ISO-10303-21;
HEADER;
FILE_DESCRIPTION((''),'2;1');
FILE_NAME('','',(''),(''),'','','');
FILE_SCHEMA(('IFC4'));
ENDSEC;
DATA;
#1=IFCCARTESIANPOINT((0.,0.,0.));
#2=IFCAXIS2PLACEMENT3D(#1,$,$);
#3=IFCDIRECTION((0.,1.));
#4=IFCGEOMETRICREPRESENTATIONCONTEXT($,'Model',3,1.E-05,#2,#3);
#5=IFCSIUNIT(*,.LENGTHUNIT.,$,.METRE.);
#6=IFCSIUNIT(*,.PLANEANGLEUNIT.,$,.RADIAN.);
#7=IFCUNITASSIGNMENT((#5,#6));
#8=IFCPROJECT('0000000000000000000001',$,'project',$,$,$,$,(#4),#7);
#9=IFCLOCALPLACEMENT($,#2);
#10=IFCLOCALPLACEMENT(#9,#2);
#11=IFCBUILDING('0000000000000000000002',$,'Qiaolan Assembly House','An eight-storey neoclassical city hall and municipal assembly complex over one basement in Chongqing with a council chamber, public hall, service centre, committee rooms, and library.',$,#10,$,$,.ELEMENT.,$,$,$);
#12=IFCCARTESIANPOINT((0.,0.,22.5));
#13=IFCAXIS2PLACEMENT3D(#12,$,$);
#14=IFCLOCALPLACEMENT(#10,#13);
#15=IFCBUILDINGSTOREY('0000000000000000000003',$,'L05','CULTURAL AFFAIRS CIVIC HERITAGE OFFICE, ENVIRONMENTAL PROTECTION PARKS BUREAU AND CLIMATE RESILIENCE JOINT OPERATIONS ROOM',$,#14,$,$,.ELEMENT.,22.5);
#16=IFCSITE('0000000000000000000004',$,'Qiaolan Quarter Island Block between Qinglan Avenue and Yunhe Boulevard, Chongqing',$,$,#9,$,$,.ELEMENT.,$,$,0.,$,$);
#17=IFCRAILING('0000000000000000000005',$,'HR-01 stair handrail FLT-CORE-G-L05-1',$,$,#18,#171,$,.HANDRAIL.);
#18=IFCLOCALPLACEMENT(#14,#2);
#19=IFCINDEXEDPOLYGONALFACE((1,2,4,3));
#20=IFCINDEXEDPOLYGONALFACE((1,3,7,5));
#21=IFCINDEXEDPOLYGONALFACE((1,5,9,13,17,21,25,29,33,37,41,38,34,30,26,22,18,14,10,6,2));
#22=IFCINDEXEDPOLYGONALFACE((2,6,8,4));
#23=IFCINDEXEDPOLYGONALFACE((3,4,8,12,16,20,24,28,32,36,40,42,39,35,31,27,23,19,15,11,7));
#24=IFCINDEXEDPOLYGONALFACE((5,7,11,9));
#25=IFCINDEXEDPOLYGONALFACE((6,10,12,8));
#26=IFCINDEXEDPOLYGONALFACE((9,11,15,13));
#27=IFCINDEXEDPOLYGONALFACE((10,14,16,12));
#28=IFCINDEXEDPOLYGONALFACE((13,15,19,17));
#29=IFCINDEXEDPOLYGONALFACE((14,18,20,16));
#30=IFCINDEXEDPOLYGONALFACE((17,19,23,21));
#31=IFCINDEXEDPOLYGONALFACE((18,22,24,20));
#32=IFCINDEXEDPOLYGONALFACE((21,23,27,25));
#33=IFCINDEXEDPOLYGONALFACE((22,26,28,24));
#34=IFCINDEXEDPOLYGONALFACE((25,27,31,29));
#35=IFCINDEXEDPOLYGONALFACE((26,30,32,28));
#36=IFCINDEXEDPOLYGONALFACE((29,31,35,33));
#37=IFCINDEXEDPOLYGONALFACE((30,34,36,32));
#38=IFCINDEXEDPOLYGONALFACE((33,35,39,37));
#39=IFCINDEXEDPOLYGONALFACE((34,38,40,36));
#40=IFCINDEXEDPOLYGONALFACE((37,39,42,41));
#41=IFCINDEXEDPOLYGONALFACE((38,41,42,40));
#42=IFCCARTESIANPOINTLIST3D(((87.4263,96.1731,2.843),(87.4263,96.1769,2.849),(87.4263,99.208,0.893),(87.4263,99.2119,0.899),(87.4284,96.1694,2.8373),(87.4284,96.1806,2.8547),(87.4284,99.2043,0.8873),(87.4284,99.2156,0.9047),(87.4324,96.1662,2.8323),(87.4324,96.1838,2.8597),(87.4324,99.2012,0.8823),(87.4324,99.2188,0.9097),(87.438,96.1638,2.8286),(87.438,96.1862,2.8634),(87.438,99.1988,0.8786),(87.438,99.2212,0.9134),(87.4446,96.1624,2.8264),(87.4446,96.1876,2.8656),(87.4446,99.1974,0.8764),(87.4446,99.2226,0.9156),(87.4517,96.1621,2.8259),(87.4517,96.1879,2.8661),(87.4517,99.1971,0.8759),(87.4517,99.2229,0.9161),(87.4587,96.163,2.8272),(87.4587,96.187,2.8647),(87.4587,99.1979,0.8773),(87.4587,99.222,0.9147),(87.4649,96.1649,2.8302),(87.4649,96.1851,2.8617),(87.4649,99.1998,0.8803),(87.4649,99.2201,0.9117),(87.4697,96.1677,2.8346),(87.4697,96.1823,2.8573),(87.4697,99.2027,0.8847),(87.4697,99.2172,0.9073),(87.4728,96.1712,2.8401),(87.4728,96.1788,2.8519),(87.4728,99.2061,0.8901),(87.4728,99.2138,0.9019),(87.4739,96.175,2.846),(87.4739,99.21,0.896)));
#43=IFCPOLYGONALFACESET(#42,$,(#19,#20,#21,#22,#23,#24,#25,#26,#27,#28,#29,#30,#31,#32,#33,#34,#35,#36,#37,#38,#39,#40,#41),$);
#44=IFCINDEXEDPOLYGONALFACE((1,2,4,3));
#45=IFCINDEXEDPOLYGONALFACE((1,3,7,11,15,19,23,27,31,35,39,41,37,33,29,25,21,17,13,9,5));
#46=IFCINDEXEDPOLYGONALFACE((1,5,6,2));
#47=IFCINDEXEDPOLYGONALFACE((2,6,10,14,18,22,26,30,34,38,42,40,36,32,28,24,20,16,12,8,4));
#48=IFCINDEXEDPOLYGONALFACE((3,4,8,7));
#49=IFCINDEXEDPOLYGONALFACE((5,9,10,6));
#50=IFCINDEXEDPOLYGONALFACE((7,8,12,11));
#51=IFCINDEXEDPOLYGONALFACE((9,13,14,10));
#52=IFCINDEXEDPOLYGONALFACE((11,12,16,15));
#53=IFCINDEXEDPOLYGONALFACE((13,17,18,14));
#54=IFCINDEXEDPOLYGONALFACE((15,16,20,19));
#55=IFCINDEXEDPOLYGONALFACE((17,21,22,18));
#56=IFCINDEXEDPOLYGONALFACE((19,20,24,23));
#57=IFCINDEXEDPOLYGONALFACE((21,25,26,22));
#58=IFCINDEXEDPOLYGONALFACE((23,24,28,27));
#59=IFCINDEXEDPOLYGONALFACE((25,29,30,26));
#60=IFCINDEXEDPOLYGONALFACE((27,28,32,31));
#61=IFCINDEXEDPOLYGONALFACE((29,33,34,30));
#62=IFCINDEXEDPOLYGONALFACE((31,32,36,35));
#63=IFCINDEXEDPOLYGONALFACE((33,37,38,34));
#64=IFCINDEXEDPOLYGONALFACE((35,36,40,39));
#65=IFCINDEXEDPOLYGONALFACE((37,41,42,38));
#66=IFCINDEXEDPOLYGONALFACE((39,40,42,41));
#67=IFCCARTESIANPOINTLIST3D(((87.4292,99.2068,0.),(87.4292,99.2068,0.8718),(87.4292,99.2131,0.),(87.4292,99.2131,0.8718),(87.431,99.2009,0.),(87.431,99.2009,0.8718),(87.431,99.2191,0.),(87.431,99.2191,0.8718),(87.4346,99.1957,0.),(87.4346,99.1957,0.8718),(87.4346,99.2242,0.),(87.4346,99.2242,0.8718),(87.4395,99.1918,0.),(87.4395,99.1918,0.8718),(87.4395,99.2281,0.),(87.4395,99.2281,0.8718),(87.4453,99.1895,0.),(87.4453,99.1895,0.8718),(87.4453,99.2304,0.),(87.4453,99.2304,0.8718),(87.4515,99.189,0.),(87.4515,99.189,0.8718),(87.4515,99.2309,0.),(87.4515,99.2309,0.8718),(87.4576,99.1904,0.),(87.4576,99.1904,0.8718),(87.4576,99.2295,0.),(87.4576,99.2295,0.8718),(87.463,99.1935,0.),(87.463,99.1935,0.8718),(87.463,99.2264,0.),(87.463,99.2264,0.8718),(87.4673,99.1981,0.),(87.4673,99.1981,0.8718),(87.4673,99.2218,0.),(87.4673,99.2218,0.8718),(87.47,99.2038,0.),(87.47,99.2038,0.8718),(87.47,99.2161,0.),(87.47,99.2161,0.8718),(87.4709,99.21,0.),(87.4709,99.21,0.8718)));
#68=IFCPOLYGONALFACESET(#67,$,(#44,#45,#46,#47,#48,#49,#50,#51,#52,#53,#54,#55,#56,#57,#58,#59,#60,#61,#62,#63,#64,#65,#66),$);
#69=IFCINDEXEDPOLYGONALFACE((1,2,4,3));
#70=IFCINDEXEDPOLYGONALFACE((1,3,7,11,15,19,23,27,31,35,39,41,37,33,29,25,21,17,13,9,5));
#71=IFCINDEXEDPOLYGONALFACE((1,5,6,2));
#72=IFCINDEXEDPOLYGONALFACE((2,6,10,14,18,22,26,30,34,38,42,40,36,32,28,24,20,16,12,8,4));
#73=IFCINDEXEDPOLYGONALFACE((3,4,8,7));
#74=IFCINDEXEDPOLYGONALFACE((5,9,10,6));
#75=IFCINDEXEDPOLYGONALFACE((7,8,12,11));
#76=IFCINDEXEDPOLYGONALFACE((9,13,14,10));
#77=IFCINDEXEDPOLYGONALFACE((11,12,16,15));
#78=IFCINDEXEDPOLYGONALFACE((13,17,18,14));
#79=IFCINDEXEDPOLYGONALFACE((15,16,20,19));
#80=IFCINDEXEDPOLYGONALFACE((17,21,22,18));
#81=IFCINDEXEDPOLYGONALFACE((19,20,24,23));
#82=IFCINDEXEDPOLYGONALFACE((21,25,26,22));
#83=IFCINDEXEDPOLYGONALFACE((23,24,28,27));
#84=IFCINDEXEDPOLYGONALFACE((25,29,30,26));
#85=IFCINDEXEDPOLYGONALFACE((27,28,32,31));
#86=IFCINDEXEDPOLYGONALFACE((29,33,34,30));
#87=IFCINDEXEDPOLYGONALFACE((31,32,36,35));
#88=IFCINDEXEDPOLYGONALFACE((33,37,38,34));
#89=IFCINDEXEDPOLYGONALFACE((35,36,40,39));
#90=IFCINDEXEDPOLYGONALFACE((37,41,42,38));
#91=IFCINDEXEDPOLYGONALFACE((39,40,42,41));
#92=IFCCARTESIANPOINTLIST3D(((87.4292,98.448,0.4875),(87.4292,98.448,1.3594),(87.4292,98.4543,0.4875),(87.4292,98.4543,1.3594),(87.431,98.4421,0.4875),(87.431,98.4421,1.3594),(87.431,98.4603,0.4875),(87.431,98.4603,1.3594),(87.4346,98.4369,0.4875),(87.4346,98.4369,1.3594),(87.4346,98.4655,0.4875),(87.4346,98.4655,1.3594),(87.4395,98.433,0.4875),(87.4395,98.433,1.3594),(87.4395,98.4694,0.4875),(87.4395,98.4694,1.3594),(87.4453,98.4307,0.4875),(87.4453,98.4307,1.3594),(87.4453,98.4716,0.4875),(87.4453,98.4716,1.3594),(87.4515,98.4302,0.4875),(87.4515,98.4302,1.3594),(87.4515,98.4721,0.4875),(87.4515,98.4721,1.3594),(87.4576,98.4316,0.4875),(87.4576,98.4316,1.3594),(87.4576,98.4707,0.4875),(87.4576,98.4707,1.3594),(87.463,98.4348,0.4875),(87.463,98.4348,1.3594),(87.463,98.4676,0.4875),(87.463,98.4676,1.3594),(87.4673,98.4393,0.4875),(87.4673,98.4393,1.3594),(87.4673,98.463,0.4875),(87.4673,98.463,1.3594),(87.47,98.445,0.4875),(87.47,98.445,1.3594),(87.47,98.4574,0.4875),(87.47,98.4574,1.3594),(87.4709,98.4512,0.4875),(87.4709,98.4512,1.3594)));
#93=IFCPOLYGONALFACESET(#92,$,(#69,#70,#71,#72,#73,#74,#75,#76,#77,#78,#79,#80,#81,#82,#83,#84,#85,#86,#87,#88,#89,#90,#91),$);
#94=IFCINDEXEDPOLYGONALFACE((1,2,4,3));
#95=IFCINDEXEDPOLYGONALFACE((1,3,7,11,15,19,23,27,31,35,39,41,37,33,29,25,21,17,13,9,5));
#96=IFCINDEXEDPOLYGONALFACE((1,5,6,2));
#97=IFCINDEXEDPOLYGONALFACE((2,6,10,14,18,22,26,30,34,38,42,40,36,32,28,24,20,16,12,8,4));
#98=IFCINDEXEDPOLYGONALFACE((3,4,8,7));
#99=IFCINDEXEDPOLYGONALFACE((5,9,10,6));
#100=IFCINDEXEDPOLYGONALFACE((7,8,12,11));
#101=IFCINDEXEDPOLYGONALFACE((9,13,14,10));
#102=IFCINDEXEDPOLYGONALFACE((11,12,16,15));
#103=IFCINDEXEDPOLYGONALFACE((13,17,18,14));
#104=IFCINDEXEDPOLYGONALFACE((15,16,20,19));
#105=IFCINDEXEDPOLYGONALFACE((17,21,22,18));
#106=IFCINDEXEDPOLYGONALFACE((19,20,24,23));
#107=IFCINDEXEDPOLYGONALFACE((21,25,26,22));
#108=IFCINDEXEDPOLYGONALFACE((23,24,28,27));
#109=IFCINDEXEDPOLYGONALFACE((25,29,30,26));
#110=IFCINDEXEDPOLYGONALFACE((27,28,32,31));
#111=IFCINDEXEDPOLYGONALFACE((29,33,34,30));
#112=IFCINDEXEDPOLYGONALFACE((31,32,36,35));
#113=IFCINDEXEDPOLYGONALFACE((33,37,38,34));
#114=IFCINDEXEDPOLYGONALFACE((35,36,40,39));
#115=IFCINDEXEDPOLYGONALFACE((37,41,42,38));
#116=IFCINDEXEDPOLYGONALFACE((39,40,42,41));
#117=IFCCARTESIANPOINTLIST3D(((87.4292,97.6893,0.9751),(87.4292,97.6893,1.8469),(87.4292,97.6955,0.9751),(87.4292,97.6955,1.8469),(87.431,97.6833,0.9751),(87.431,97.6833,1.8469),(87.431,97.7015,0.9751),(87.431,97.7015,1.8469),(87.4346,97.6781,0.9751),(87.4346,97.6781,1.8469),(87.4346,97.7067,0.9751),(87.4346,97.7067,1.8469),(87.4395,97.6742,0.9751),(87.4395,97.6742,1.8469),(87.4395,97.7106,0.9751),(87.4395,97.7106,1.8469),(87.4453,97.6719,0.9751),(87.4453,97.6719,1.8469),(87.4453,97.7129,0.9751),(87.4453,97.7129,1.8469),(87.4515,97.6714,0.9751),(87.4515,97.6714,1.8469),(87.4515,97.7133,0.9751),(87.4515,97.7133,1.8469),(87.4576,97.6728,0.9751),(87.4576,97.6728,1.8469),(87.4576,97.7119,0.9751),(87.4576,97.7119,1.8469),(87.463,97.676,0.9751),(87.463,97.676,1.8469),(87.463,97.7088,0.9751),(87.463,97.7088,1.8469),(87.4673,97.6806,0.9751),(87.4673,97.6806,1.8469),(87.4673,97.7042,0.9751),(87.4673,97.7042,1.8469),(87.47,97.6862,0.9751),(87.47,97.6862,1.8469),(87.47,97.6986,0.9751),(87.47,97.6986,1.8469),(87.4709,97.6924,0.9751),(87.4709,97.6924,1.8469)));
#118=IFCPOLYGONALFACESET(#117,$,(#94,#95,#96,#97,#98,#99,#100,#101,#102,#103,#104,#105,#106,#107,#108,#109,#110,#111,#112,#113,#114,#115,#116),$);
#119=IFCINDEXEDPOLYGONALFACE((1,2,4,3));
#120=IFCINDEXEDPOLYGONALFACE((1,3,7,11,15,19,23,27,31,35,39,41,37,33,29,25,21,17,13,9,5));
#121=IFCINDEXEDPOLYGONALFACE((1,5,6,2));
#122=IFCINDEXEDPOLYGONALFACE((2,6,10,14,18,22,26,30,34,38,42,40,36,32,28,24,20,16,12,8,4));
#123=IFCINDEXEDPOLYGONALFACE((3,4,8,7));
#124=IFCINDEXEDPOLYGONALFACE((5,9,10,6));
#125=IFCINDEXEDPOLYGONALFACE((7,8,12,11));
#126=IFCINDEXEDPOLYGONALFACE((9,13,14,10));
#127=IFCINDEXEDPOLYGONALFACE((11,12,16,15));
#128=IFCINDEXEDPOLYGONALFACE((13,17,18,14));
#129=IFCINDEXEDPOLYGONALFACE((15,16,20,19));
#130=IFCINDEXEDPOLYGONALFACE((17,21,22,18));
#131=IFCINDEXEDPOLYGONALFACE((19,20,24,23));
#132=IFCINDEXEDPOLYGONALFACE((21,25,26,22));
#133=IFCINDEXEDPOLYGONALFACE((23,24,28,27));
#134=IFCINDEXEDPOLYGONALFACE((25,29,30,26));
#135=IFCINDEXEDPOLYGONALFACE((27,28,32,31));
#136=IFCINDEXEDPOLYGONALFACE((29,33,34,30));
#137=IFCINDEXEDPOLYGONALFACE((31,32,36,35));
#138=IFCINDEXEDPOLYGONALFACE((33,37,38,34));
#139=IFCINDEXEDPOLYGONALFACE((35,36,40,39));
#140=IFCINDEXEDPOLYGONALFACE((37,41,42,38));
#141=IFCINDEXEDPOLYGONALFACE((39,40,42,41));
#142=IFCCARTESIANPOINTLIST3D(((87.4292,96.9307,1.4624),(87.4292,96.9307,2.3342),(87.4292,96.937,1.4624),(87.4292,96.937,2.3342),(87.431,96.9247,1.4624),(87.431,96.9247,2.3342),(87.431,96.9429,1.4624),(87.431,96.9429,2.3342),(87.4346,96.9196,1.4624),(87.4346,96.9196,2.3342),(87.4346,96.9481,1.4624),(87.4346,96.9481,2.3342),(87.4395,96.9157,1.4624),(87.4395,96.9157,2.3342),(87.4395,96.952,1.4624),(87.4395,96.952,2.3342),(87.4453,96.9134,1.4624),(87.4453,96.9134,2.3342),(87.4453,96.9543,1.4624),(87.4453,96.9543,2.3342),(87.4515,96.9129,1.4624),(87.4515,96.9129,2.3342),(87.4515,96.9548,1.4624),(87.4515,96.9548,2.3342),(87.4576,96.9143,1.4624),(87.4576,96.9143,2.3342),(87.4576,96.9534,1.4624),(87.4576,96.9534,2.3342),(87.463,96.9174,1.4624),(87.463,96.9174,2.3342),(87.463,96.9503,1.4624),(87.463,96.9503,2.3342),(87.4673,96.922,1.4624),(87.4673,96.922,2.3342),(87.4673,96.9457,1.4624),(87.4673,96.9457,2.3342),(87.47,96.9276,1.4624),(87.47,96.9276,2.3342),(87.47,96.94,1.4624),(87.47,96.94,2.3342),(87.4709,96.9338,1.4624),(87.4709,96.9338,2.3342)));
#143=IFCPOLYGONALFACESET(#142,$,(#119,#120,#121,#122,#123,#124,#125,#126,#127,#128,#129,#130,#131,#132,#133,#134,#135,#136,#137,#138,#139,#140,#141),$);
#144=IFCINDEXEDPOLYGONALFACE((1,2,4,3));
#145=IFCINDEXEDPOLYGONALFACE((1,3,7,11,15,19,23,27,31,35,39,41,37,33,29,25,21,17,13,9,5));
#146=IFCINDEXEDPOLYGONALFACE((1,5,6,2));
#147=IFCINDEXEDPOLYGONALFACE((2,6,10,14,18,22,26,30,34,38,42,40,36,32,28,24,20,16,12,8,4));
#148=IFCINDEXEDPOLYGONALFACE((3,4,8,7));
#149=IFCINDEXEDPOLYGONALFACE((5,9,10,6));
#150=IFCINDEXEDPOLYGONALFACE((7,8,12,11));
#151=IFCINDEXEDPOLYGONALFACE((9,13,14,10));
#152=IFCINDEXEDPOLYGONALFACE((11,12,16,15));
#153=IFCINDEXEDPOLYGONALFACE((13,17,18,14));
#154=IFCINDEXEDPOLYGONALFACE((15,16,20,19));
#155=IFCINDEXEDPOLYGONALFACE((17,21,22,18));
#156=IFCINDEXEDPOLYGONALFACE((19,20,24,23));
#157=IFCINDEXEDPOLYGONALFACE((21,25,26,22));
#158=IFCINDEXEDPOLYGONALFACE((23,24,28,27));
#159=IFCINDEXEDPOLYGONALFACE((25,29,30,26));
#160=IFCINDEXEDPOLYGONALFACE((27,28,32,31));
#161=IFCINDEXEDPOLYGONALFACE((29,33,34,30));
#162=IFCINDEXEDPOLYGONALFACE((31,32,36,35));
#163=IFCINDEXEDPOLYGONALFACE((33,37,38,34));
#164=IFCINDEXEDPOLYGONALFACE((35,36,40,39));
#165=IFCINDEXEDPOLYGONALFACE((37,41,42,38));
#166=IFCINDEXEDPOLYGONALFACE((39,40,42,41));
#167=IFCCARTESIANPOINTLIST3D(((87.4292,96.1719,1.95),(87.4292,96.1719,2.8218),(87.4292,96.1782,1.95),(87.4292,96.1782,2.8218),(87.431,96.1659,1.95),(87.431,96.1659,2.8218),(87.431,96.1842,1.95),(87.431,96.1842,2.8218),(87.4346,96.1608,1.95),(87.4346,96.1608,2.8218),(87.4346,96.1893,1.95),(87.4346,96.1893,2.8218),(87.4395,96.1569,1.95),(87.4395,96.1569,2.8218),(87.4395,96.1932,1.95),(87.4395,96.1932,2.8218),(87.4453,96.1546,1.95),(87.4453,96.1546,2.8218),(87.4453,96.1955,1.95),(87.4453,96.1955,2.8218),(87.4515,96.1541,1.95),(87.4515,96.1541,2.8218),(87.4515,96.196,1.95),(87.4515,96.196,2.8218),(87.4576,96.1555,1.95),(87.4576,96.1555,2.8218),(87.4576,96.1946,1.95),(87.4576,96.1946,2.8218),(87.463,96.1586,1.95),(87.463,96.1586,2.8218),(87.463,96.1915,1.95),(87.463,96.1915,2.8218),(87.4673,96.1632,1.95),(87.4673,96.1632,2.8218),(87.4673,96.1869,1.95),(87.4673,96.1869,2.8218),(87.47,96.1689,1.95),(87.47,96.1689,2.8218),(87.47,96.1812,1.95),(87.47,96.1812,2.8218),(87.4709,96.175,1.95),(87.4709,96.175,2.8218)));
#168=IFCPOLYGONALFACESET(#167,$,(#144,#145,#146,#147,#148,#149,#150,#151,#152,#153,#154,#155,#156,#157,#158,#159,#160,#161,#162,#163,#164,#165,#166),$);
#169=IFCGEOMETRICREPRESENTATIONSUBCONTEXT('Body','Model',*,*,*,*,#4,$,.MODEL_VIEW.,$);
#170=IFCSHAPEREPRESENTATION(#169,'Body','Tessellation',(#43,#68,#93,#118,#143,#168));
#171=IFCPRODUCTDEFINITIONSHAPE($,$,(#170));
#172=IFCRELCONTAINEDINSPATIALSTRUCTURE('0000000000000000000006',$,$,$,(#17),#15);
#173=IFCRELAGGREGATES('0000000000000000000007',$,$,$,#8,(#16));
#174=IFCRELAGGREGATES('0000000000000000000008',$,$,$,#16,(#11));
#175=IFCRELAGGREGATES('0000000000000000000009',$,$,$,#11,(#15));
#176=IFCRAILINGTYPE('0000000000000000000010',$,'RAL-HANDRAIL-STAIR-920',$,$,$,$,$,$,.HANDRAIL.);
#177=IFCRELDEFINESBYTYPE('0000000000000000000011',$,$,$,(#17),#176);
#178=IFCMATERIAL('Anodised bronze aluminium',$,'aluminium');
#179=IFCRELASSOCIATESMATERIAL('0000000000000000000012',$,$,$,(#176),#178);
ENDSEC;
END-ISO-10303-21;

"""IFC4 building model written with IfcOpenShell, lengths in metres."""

from ifc_helpers import new_model, si_unit, direction, frame, origin, origin_2d, place, context, subcontext, project, spatial, circle, extrude, material, type_object, element, save


model = new_model("IFC4")

# Units and contexts
model_context = context("Model", 3, precision=1e-05, world=origin(), true_north=direction((0.0, 1.0)))
body_context = subcontext(model_context, "Body", "Model", "MODEL_VIEW")
ifc_project = project(units=[si_unit("LENGTHUNIT", "METRE"), si_unit("PLANEANGLEUNIT", "RADIAN")], contexts=[model_context])

# Site, building, storey
site_placement = place(None, origin())
site = spatial("IfcSite", under=ifc_project, at=site_placement, Name="Qiaolan Quarter Island Block between Qinglan Avenue and Yunhe Boulevard, Chongqing", CompositionType="ELEMENT", RefElevation=0.0)
building_placement = place(site_placement, origin())
building = spatial("IfcBuilding", under=site, at=building_placement, Name="Qiaolan Assembly House", Description="An eight-storey neoclassical city hall and municipal assembly complex over one basement in Chongqing with a council chamber, public hall, service centre, committee rooms, and library.", CompositionType="ELEMENT")
storey_placement = place(building_placement, frame((0.0, 0.0, 22.5)))
storey = spatial("IfcBuildingStorey", under=building, at=storey_placement, Name="L05", Description="CULTURAL AFFAIRS CIVIC HERITAGE OFFICE, ENVIRONMENTAL PROTECTION PARKS BUREAU AND CLIMATE RESILIENCE JOINT OPERATIONS ROOM", CompositionType="ELEMENT", Elevation=22.5)

# Railing
ifc_material_1 = material(Name="Anodised bronze aluminium", Category="aluminium")
railing_type_1 = type_object("IfcRailingType", Name="RAL-HANDRAIL-STAIR-920", PredefinedType="HANDRAIL", material=ifc_material_1)
railing_1_placement = place(storey_placement, frame((87.45, 99.21, 0.0)))
element("IfcRailing", 1, at=railing_1_placement, inside=storey, type_object=railing_type_1, Name="HR-01 stair handrail FLT-CORE-G-L05-1", PredefinedType="HANDRAIL", context=body_context, shape_type="SweptSolid", body=[
    extrude(circle(Radius=0.0239, at=origin_2d()), frame((0.0, 0.0, 0.896), z_axis=(0.0, -0.841313, 0.540549), x_axis=(1.0, 0.0, 0.0)), (0.0, 0.0, 1.0), 3.6074),
    extrude(circle(Radius=0.021, at=origin_2d()), origin(), (0.0, 0.0, 1.0), 0.8718),
    extrude(circle(Radius=0.021, at=origin_2d()), frame((0.0, -0.7588, 0.4875)), (0.0, 0.0, 1.0), 0.8718),
    extrude(circle(Radius=0.021, at=origin_2d()), frame((0.0, -1.5176, 0.9751)), (0.0, 0.0, 1.0), 0.8718),
    extrude(circle(Radius=0.021, at=origin_2d()), frame((0.0, -2.2761, 1.4624)), (0.0, 0.0, 1.0), 0.8718),
    extrude(circle(Radius=0.021, at=origin_2d()), frame((0.0, -3.0349, 1.95)), (0.0, 0.0, 1.0), 0.8718),
])

save(model, "model.ifc")
